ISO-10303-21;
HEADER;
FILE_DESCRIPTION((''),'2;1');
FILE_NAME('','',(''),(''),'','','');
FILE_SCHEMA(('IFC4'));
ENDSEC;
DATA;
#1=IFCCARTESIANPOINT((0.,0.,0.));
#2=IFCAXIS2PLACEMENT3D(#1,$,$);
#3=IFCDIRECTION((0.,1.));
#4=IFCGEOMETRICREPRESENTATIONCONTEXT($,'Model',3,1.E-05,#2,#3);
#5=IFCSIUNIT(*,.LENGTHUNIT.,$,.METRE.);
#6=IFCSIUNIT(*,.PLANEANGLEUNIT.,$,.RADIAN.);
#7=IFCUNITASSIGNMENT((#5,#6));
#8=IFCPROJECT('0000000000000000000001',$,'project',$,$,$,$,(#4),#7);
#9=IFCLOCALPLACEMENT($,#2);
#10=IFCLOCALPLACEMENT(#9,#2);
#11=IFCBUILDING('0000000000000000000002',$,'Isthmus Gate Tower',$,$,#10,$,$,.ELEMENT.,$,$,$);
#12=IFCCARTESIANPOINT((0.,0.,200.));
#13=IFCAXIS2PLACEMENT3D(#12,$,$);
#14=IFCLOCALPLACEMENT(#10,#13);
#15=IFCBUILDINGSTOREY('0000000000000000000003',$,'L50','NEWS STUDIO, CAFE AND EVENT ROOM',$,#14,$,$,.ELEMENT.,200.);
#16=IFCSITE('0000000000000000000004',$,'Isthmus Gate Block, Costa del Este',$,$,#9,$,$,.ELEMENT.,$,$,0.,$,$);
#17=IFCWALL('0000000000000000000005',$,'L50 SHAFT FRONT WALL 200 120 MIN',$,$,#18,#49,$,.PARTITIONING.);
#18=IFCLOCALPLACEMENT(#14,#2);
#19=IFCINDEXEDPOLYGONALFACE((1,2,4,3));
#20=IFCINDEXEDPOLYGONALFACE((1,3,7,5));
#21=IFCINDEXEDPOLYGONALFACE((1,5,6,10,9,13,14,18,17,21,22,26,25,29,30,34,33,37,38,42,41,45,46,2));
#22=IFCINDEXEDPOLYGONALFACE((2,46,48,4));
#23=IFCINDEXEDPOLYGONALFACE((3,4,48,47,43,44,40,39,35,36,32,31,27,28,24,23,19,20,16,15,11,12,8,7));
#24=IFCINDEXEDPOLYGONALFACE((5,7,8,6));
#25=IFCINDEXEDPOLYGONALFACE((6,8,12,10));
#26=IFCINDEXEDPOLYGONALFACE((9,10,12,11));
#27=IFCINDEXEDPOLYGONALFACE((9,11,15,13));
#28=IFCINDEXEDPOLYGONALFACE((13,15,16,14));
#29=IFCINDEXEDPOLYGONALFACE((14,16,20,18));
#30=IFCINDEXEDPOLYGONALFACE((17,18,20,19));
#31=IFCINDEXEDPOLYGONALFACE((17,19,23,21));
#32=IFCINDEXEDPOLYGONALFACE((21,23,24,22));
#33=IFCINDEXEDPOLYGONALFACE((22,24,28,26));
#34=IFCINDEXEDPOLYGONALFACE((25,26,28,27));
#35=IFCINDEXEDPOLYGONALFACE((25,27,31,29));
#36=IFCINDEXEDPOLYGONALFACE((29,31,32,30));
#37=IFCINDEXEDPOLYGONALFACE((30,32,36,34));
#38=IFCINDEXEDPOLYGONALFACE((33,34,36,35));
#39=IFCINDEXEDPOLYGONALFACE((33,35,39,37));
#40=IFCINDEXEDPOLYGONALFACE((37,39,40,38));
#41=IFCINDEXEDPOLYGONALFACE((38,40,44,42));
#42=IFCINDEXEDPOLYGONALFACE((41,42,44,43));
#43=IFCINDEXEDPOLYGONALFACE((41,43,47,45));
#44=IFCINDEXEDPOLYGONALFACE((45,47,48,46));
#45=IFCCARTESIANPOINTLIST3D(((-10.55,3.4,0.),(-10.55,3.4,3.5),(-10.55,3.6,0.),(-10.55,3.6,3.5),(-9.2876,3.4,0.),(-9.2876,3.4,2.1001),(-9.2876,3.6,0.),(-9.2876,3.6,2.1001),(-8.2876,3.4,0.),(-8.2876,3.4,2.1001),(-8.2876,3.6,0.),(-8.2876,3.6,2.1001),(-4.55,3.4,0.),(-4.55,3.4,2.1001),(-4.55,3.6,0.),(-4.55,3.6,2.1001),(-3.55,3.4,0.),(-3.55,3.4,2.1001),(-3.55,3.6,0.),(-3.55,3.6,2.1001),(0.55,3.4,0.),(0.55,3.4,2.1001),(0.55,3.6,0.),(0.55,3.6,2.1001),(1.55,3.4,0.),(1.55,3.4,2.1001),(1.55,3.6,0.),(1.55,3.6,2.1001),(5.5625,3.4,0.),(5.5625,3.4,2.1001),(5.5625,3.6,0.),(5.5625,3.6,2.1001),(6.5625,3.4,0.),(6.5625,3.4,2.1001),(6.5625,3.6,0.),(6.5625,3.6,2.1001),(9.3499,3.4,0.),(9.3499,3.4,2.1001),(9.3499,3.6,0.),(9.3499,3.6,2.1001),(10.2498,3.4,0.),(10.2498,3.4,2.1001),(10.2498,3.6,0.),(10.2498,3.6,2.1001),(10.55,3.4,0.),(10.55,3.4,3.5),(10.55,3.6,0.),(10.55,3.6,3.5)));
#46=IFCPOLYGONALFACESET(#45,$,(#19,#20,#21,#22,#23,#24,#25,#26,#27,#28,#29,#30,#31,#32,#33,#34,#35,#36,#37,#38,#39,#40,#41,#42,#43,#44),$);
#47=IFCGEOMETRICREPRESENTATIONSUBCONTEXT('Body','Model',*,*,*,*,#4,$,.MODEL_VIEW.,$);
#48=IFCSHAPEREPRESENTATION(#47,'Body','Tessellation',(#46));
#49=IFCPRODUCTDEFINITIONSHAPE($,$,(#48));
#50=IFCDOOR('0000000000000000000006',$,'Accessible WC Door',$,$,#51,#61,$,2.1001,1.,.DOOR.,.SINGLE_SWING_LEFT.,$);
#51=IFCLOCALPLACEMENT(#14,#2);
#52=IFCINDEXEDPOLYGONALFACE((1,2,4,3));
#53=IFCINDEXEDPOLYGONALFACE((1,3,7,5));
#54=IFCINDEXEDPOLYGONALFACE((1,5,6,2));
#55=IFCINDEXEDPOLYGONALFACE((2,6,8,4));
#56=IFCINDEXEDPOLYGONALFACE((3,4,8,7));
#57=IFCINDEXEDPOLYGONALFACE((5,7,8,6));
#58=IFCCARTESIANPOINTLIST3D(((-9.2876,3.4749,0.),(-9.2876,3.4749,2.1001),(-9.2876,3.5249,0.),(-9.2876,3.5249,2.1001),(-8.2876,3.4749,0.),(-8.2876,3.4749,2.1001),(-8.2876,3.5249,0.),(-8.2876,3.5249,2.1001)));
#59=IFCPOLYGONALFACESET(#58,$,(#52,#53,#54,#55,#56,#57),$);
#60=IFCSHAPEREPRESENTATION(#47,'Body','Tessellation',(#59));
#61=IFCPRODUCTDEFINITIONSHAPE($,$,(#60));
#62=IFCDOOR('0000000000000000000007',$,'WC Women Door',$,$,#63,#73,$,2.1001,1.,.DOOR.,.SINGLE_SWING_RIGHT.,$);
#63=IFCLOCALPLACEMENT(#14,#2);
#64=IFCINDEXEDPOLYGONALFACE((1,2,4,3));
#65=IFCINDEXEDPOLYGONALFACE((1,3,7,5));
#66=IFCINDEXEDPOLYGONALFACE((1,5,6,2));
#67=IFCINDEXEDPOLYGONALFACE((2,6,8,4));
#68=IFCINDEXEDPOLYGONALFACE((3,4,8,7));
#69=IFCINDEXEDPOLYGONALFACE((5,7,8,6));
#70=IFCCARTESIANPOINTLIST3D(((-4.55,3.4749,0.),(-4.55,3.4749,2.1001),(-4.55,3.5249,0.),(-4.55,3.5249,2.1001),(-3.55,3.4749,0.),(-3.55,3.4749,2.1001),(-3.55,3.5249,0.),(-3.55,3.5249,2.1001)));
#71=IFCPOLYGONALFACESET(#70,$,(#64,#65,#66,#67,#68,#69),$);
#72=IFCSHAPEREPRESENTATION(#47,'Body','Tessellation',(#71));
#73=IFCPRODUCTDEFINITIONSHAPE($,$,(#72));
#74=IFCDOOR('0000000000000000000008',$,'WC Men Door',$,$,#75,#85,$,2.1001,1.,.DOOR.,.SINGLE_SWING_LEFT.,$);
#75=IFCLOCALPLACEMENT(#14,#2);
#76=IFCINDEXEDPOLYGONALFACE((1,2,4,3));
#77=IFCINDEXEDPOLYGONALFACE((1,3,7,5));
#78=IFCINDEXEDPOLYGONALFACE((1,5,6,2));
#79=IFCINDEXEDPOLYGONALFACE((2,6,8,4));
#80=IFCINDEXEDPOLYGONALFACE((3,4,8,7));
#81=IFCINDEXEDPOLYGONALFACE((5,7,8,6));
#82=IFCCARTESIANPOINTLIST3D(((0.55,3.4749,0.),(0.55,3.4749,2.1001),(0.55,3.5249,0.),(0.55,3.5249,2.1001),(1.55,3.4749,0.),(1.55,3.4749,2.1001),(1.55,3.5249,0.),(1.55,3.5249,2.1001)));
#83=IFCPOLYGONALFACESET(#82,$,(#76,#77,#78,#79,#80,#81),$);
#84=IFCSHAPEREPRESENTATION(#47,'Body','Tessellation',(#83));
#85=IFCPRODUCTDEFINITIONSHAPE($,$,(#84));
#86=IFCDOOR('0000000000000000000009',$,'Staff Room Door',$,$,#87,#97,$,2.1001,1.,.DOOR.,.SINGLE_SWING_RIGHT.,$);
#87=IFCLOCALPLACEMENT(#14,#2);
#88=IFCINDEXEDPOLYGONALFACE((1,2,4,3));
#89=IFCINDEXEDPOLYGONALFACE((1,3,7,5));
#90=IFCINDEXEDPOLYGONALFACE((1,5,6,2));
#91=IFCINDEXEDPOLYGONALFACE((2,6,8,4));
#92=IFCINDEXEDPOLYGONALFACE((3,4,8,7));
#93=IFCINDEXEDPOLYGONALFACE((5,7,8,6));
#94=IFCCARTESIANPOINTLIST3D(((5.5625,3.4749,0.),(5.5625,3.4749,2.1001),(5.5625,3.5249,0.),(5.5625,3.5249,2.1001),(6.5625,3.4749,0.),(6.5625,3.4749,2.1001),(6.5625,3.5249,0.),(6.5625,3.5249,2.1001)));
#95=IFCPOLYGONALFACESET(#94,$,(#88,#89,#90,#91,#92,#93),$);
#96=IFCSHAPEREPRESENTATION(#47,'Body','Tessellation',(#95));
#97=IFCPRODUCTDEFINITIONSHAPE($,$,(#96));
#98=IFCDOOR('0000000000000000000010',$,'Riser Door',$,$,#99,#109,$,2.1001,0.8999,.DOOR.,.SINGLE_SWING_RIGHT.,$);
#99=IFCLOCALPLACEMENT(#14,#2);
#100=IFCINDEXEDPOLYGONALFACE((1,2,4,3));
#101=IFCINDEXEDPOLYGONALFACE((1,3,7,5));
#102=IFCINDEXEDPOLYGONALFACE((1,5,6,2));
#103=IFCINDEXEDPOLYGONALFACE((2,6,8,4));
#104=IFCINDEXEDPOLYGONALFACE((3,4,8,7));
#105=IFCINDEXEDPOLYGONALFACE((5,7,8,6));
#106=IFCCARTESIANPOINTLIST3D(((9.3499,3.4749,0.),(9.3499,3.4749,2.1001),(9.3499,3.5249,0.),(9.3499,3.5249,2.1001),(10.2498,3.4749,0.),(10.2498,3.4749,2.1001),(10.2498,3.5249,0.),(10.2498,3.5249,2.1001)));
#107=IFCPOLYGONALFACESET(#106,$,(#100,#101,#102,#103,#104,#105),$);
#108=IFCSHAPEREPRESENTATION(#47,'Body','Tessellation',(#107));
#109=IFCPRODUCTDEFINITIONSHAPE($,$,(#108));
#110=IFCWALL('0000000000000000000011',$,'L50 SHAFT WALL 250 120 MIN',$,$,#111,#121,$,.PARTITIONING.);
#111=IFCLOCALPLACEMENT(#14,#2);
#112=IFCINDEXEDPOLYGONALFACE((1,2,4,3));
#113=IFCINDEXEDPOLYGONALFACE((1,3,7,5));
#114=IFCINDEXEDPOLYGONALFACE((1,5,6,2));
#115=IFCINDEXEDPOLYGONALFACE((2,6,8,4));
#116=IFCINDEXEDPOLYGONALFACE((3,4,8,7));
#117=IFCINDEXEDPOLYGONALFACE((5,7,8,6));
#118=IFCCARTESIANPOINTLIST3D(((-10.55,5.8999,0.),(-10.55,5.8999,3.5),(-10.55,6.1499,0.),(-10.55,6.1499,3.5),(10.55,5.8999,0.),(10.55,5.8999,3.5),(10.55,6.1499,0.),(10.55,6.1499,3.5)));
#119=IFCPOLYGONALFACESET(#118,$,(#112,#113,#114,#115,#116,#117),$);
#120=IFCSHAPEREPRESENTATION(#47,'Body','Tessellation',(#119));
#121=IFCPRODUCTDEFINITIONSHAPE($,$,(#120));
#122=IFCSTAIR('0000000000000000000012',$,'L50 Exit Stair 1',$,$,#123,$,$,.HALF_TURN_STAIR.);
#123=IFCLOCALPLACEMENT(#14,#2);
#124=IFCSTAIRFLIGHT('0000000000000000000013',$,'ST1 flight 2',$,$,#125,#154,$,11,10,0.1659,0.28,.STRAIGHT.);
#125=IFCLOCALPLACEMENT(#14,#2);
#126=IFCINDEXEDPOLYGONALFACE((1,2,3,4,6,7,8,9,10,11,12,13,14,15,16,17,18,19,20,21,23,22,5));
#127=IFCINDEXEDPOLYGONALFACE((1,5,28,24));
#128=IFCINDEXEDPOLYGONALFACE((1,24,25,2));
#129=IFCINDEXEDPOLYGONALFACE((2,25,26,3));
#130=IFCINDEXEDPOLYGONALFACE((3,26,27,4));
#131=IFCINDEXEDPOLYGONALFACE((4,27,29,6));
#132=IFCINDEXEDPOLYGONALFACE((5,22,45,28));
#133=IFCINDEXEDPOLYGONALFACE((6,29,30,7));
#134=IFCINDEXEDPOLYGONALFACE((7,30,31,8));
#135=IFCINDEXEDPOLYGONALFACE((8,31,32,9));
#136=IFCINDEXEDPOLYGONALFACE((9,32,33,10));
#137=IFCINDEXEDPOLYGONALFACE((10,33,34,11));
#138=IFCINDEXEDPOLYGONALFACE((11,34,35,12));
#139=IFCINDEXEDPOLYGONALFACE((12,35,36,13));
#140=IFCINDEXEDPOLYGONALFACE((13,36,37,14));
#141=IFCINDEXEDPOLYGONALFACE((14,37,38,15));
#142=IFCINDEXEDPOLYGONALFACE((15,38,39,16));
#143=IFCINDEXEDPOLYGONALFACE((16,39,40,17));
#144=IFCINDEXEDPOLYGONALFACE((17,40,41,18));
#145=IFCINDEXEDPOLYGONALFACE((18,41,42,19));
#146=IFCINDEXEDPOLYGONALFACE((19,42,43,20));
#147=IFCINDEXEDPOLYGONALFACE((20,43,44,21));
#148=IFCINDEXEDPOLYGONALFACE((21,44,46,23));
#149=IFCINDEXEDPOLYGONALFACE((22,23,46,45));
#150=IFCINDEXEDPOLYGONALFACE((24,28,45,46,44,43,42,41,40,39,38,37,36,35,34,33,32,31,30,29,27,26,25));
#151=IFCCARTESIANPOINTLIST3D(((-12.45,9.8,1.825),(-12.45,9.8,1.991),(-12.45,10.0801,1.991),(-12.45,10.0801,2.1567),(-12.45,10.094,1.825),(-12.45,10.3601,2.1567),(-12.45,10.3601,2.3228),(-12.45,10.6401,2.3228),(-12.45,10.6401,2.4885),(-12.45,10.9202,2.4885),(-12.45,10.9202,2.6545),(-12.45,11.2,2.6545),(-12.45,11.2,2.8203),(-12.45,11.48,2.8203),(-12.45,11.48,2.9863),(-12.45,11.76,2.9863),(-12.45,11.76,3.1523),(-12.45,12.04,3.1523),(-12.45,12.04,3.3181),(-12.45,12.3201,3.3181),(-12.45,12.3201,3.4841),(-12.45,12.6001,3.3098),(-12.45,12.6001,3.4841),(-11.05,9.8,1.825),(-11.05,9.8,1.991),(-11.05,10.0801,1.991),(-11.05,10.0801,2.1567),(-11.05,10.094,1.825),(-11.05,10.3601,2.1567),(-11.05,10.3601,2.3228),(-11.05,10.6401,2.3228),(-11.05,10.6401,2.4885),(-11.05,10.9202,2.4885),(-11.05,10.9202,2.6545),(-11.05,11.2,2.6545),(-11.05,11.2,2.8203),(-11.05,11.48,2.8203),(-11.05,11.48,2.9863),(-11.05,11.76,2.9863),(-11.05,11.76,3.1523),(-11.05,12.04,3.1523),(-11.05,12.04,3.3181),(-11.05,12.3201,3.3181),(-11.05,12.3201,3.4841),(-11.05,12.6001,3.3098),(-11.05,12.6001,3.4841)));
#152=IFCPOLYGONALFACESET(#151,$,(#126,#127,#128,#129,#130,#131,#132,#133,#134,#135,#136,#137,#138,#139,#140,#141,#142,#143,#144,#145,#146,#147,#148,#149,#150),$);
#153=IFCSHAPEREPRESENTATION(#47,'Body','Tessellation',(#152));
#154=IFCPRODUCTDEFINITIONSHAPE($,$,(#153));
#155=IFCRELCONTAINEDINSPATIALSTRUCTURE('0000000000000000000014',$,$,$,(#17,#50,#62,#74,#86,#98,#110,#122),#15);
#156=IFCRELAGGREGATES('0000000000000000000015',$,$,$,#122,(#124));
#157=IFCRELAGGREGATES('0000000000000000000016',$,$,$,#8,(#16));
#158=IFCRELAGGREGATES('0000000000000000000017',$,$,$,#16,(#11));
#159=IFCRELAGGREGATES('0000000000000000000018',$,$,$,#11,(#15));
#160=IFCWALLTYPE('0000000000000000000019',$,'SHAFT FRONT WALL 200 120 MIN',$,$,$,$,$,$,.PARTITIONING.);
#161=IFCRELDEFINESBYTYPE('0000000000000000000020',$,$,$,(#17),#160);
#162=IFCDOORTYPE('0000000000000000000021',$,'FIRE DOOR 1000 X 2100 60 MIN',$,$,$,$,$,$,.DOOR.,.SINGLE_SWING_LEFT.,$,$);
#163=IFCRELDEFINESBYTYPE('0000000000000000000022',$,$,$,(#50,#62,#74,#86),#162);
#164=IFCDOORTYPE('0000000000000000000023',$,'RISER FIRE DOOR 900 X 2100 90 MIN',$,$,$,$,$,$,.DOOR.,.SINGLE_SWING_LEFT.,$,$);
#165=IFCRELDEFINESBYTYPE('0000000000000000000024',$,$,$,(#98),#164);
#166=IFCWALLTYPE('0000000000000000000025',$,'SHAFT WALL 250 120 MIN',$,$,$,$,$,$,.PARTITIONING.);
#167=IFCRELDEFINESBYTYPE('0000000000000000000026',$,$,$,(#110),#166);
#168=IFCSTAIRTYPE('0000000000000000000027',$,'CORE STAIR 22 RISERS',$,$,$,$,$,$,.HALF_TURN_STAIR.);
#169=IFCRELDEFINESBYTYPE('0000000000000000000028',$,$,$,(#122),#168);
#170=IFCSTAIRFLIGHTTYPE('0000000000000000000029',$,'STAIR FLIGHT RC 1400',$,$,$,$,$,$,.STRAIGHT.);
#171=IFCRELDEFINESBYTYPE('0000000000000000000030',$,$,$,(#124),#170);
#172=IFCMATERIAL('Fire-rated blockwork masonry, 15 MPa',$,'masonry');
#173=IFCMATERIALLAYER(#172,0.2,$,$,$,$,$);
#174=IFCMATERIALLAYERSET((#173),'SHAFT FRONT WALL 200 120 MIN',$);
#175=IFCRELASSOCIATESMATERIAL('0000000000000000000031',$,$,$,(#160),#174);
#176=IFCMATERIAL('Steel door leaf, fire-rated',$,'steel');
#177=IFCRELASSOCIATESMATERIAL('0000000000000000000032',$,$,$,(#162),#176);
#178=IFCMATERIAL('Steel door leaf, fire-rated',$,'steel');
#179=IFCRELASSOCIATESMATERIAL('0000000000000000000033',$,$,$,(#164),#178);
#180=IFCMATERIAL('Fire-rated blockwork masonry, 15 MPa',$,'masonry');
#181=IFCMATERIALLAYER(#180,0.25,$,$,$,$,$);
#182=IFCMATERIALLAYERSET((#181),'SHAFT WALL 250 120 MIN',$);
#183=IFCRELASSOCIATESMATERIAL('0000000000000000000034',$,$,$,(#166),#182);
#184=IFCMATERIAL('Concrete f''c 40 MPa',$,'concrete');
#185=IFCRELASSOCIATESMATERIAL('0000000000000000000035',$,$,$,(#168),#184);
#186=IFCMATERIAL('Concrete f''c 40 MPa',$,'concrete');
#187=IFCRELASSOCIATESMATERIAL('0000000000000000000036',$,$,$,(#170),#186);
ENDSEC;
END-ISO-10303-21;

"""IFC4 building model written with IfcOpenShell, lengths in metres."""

from ifc_helpers import new_model, si_unit, direction, frame, frame_2d, origin, place, context, subcontext, project, spatial, polyline, rectangle, outline, extrude, material, layer, layer_set, type_object, element, fill, aggregate, save


model = new_model("IFC4")

# Units and contexts
model_context = context("Model", 3, precision=1e-05, world=origin(), true_north=direction((0.0, 1.0)))
body_context = subcontext(model_context, "Body", "Model", "MODEL_VIEW")
ifc_project = project(units=[si_unit("LENGTHUNIT", "METRE"), si_unit("PLANEANGLEUNIT", "RADIAN")], contexts=[model_context])

# Site, building, storey
site_placement = place(None, origin())
site = spatial("IfcSite", under=ifc_project, at=site_placement, Name="Isthmus Gate Block, Costa del Este", CompositionType="ELEMENT", RefElevation=0.0)
building_placement = place(site_placement, origin())
building = spatial("IfcBuilding", under=site, at=building_placement, Name="Isthmus Gate Tower", CompositionType="ELEMENT")
storey_placement = place(building_placement, frame((0.0, 0.0, 200.0)))
storey = spatial("IfcBuildingStorey", under=building, at=storey_placement, Name="L50", Description="NEWS STUDIO, CAFE AND EVENT ROOM", CompositionType="ELEMENT", Elevation=200.0)

# Wall, openings, doors
ifc_material_1 = material(Name="Fire-rated blockwork masonry, 15 MPa", Category="masonry")
ifc_layer_1 = layer(ifc_material_1, 0.2)
ifc_layer_set_1 = layer_set([ifc_layer_1], Name="SHAFT FRONT WALL 200 120 MIN")
wall_type_1 = type_object("IfcWallType", Name="SHAFT FRONT WALL 200 120 MIN", PredefinedType="PARTITIONING", material=ifc_layer_set_1)
wall_1_placement = place(storey_placement, frame((-10.55, 3.5, 0.0), z_axis=(0.0, 0.0, 1.0), x_axis=(1.0, 0.0, 0.0)))
wall_1 = element("IfcWall", 1, at=wall_1_placement, inside=storey, type_object=wall_type_1, Name="L50 SHAFT FRONT WALL 200 120 MIN", PredefinedType="PARTITIONING", context=body_context, shape_type="SweptSolid", body=[
    extrude(rectangle(XDim=21.1001, YDim=0.2, at=frame_2d((10.55, 0.0))), origin(), (0.0, 0.0, 1.0), 3.5),
])
opening_1_placement = place(wall_1_placement, frame((1.2625, 0.0, 0.0)))
opening_1 = element("IfcOpeningElement", 2, at=opening_1_placement, cuts=wall_1, PredefinedType="OPENING", context=body_context, shape_type="SweptSolid", body=[
    extrude(rectangle(XDim=1.0, YDim=2.1001, at=frame_2d((0.5, 1.05))), frame((0.0, 0.1099, 0.0), z_axis=(0.0, -1.0, 0.0), x_axis=(1.0, 0.0, 0.0)), (0.0, 0.0, 1.0), 0.22),
])
opening_2_placement = place(wall_1_placement, frame((6.0, 0.0, 0.0)))
opening_2 = element("IfcOpeningElement", 3, at=opening_2_placement, cuts=wall_1, PredefinedType="OPENING", context=body_context, shape_type="SweptSolid", body=[
    extrude(rectangle(XDim=1.0, YDim=2.1001, at=frame_2d((0.5, 1.05))), frame((0.0, 0.1099, 0.0), z_axis=(0.0, -1.0, 0.0), x_axis=(1.0, 0.0, 0.0)), (0.0, 0.0, 1.0), 0.22),
])
opening_3_placement = place(wall_1_placement, frame((11.1001, 0.0, 0.0)))
opening_3 = element("IfcOpeningElement", 4, at=opening_3_placement, cuts=wall_1, PredefinedType="OPENING", context=body_context, shape_type="SweptSolid", body=[
    extrude(rectangle(XDim=1.0, YDim=2.1001, at=frame_2d((0.5, 1.05))), frame((0.0, 0.1099, 0.0), z_axis=(0.0, -1.0, 0.0), x_axis=(1.0, 0.0, 0.0)), (0.0, 0.0, 1.0), 0.22),
])
opening_4_placement = place(wall_1_placement, frame((16.1125, 0.0, 0.0)))
opening_4 = element("IfcOpeningElement", 5, at=opening_4_placement, cuts=wall_1, PredefinedType="OPENING", context=body_context, shape_type="SweptSolid", body=[
    extrude(rectangle(XDim=1.0, YDim=2.1001, at=frame_2d((0.5, 1.05))), frame((0.0, 0.1099, 0.0), z_axis=(0.0, -1.0, 0.0), x_axis=(1.0, 0.0, 0.0)), (0.0, 0.0, 1.0), 0.22),
])
opening_5_placement = place(wall_1_placement, frame((19.8999, 0.0, 0.0)))
opening_5 = element("IfcOpeningElement", 6, at=opening_5_placement, cuts=wall_1, PredefinedType="OPENING", context=body_context, shape_type="SweptSolid", body=[
    extrude(rectangle(XDim=0.8999, YDim=2.1001, at=frame_2d((0.45, 1.05))), frame((0.0, 0.1099, 0.0), z_axis=(0.0, -1.0, 0.0), x_axis=(1.0, 0.0, 0.0)), (0.0, 0.0, 1.0), 0.22),
])
ifc_material_2 = material(Name="Steel door leaf, fire-rated", Category="steel")
door_type_1 = type_object("IfcDoorType", Name="FIRE DOOR 1000 X 2100 60 MIN", OperationType="SINGLE_SWING_LEFT", PredefinedType="DOOR", material=ifc_material_2)
door_1_placement = place(opening_1_placement, origin())
door_1 = element("IfcDoor", 7, at=door_1_placement, inside=storey, type_object=door_type_1, Name="Accessible WC Door", OperationType="SINGLE_SWING_LEFT", OverallHeight=2.1001, OverallWidth=1.0, PredefinedType="DOOR", context=body_context, shape_type="SweptSolid", body=[
    extrude(rectangle(XDim=1.0, YDim=2.1001, at=frame_2d((0.5, 1.05))), frame((0.0, 0.0249, 0.0), z_axis=(0.0, -1.0, 0.0), x_axis=(1.0, 0.0, 0.0)), (0.0, 0.0, 1.0), 0.05),
])
fill(opening_1, door_1)
door_2_placement = place(opening_2_placement, origin())
door_2 = element("IfcDoor", 8, at=door_2_placement, inside=storey, type_object=door_type_1, Name="WC Women Door", OperationType="SINGLE_SWING_RIGHT", OverallHeight=2.1001, OverallWidth=1.0, PredefinedType="DOOR", context=body_context, shape_type="SweptSolid", body=[
    extrude(rectangle(XDim=1.0, YDim=2.1001, at=frame_2d((0.5, 1.05))), frame((0.0, 0.0249, 0.0), z_axis=(0.0, -1.0, 0.0), x_axis=(1.0, 0.0, 0.0)), (0.0, 0.0, 1.0), 0.05),
])
fill(opening_2, door_2)
door_3_placement = place(opening_3_placement, origin())
door_3 = element("IfcDoor", 9, at=door_3_placement, inside=storey, type_object=door_type_1, Name="WC Men Door", OperationType="SINGLE_SWING_LEFT", OverallHeight=2.1001, OverallWidth=1.0, PredefinedType="DOOR", context=body_context, shape_type="SweptSolid", body=[
    extrude(rectangle(XDim=1.0, YDim=2.1001, at=frame_2d((0.5, 1.05))), frame((0.0, 0.0249, 0.0), z_axis=(0.0, -1.0, 0.0), x_axis=(1.0, 0.0, 0.0)), (0.0, 0.0, 1.0), 0.05),
])
fill(opening_3, door_3)
door_4_placement = place(opening_4_placement, origin())
door_4 = element("IfcDoor", 10, at=door_4_placement, inside=storey, type_object=door_type_1, Name="Staff Room Door", OperationType="SINGLE_SWING_RIGHT", OverallHeight=2.1001, OverallWidth=1.0, PredefinedType="DOOR", context=body_context, shape_type="SweptSolid", body=[
    extrude(rectangle(XDim=1.0, YDim=2.1001, at=frame_2d((0.5, 1.05))), frame((0.0, 0.0249, 0.0), z_axis=(0.0, -1.0, 0.0), x_axis=(1.0, 0.0, 0.0)), (0.0, 0.0, 1.0), 0.05),
])
fill(opening_4, door_4)
ifc_material_3 = material(Name="Steel door leaf, fire-rated", Category="steel")
door_type_2 = type_object("IfcDoorType", Name="RISER FIRE DOOR 900 X 2100 90 MIN", OperationType="SINGLE_SWING_LEFT", PredefinedType="DOOR", material=ifc_material_3)
door_5_placement = place(opening_5_placement, origin())
door_5 = element("IfcDoor", 11, at=door_5_placement, inside=storey, type_object=door_type_2, Name="Riser Door", OperationType="SINGLE_SWING_RIGHT", OverallHeight=2.1001, OverallWidth=0.8999, PredefinedType="DOOR", context=body_context, shape_type="SweptSolid", body=[
    extrude(rectangle(XDim=0.8999, YDim=2.1001, at=frame_2d((0.45, 1.05))), frame((0.0, 0.0249, 0.0), z_axis=(0.0, -1.0, 0.0), x_axis=(1.0, 0.0, 0.0)), (0.0, 0.0, 1.0), 0.05),
])
fill(opening_5, door_5)

# Wall
ifc_material_4 = material(Name="Fire-rated blockwork masonry, 15 MPa", Category="masonry")
ifc_layer_2 = layer(ifc_material_4, 0.25)
ifc_layer_set_2 = layer_set([ifc_layer_2], Name="SHAFT WALL 250 120 MIN")
wall_type_2 = type_object("IfcWallType", Name="SHAFT WALL 250 120 MIN", PredefinedType="PARTITIONING", material=ifc_layer_set_2)
wall_2_placement = place(storey_placement, frame((-10.55, 6.0249, 0.0), z_axis=(0.0, 0.0, 1.0), x_axis=(1.0, 0.0, 0.0)))
element("IfcWall", 12, at=wall_2_placement, inside=storey, type_object=wall_type_2, Name="L50 SHAFT WALL 250 120 MIN", PredefinedType="PARTITIONING", context=body_context, shape_type="SweptSolid", body=[
    extrude(rectangle(XDim=21.1001, YDim=0.25, at=frame_2d((10.55, 0.0))), origin(), (0.0, 0.0, 1.0), 3.5),
])

# Stair, stair flight
ifc_material_5 = material(Name="Concrete f'c 40 MPa", Category="concrete")
stair_type = type_object("IfcStairType", Name="CORE STAIR 22 RISERS", PredefinedType="HALF_TURN_STAIR", material=ifc_material_5)
stair_1_placement = place(storey_placement, origin())
stair_1 = element("IfcStair", 13, at=stair_1_placement, inside=storey, type_object=stair_type, Name="L50 Exit Stair 1", PredefinedType="HALF_TURN_STAIR")
ifc_material_6 = material(Name="Concrete f'c 40 MPa", Category="concrete")
stair_flight_type = type_object("IfcStairFlightType", Name="STAIR FLIGHT RC 1400", PredefinedType="STRAIGHT", material=ifc_material_6)
stair_flight_1_placement = place(storey_placement, frame((-11.75, 9.8, 1.825), z_axis=(0.0, 0.0, 1.0), x_axis=(0.0, 1.0, 0.0)))
stair_flight_1 = element("IfcStairFlight", 14, at=stair_flight_1_placement, type_object=stair_flight_type, Name="ST1 flight 2", NumberOfRisers=11, NumberOfTreads=10, PredefinedType="STRAIGHT", RiserHeight=0.1659, TreadLength=0.28, context=body_context, shape_type="SweptSolid", body=[
    extrude(outline(polyline([(0.0, 0.0), (0.0, 0.166), (0.28, 0.166), (0.28, 0.3318), (0.5601, 0.3318), (0.5601, 0.4978), (0.8401, 0.4978), (0.8401, 0.6636), (1.1201, 0.6636), (1.1201, 0.8296), (1.3999, 0.8296), (1.3999, 0.9954), (1.6799, 0.9954), (1.6799, 1.1614), (1.96, 1.1614), (1.96, 1.3274), (2.24, 1.3274), (2.24, 1.4932), (2.52, 1.4932), (2.52, 1.6592), (2.8, 1.6592), (2.8, 1.825), (2.8, 1.4849), (0.2939, 0.0), (0.0, 0.0)])), frame((0.0, 0.7, 0.0), z_axis=(0.0, -1.0, 0.0), x_axis=(1.0, 0.0, 0.0)), (0.0, 0.0, 1.0), 1.3999),
])
aggregate(stair_1, [stair_flight_1])

save(model, "model.ifc")
